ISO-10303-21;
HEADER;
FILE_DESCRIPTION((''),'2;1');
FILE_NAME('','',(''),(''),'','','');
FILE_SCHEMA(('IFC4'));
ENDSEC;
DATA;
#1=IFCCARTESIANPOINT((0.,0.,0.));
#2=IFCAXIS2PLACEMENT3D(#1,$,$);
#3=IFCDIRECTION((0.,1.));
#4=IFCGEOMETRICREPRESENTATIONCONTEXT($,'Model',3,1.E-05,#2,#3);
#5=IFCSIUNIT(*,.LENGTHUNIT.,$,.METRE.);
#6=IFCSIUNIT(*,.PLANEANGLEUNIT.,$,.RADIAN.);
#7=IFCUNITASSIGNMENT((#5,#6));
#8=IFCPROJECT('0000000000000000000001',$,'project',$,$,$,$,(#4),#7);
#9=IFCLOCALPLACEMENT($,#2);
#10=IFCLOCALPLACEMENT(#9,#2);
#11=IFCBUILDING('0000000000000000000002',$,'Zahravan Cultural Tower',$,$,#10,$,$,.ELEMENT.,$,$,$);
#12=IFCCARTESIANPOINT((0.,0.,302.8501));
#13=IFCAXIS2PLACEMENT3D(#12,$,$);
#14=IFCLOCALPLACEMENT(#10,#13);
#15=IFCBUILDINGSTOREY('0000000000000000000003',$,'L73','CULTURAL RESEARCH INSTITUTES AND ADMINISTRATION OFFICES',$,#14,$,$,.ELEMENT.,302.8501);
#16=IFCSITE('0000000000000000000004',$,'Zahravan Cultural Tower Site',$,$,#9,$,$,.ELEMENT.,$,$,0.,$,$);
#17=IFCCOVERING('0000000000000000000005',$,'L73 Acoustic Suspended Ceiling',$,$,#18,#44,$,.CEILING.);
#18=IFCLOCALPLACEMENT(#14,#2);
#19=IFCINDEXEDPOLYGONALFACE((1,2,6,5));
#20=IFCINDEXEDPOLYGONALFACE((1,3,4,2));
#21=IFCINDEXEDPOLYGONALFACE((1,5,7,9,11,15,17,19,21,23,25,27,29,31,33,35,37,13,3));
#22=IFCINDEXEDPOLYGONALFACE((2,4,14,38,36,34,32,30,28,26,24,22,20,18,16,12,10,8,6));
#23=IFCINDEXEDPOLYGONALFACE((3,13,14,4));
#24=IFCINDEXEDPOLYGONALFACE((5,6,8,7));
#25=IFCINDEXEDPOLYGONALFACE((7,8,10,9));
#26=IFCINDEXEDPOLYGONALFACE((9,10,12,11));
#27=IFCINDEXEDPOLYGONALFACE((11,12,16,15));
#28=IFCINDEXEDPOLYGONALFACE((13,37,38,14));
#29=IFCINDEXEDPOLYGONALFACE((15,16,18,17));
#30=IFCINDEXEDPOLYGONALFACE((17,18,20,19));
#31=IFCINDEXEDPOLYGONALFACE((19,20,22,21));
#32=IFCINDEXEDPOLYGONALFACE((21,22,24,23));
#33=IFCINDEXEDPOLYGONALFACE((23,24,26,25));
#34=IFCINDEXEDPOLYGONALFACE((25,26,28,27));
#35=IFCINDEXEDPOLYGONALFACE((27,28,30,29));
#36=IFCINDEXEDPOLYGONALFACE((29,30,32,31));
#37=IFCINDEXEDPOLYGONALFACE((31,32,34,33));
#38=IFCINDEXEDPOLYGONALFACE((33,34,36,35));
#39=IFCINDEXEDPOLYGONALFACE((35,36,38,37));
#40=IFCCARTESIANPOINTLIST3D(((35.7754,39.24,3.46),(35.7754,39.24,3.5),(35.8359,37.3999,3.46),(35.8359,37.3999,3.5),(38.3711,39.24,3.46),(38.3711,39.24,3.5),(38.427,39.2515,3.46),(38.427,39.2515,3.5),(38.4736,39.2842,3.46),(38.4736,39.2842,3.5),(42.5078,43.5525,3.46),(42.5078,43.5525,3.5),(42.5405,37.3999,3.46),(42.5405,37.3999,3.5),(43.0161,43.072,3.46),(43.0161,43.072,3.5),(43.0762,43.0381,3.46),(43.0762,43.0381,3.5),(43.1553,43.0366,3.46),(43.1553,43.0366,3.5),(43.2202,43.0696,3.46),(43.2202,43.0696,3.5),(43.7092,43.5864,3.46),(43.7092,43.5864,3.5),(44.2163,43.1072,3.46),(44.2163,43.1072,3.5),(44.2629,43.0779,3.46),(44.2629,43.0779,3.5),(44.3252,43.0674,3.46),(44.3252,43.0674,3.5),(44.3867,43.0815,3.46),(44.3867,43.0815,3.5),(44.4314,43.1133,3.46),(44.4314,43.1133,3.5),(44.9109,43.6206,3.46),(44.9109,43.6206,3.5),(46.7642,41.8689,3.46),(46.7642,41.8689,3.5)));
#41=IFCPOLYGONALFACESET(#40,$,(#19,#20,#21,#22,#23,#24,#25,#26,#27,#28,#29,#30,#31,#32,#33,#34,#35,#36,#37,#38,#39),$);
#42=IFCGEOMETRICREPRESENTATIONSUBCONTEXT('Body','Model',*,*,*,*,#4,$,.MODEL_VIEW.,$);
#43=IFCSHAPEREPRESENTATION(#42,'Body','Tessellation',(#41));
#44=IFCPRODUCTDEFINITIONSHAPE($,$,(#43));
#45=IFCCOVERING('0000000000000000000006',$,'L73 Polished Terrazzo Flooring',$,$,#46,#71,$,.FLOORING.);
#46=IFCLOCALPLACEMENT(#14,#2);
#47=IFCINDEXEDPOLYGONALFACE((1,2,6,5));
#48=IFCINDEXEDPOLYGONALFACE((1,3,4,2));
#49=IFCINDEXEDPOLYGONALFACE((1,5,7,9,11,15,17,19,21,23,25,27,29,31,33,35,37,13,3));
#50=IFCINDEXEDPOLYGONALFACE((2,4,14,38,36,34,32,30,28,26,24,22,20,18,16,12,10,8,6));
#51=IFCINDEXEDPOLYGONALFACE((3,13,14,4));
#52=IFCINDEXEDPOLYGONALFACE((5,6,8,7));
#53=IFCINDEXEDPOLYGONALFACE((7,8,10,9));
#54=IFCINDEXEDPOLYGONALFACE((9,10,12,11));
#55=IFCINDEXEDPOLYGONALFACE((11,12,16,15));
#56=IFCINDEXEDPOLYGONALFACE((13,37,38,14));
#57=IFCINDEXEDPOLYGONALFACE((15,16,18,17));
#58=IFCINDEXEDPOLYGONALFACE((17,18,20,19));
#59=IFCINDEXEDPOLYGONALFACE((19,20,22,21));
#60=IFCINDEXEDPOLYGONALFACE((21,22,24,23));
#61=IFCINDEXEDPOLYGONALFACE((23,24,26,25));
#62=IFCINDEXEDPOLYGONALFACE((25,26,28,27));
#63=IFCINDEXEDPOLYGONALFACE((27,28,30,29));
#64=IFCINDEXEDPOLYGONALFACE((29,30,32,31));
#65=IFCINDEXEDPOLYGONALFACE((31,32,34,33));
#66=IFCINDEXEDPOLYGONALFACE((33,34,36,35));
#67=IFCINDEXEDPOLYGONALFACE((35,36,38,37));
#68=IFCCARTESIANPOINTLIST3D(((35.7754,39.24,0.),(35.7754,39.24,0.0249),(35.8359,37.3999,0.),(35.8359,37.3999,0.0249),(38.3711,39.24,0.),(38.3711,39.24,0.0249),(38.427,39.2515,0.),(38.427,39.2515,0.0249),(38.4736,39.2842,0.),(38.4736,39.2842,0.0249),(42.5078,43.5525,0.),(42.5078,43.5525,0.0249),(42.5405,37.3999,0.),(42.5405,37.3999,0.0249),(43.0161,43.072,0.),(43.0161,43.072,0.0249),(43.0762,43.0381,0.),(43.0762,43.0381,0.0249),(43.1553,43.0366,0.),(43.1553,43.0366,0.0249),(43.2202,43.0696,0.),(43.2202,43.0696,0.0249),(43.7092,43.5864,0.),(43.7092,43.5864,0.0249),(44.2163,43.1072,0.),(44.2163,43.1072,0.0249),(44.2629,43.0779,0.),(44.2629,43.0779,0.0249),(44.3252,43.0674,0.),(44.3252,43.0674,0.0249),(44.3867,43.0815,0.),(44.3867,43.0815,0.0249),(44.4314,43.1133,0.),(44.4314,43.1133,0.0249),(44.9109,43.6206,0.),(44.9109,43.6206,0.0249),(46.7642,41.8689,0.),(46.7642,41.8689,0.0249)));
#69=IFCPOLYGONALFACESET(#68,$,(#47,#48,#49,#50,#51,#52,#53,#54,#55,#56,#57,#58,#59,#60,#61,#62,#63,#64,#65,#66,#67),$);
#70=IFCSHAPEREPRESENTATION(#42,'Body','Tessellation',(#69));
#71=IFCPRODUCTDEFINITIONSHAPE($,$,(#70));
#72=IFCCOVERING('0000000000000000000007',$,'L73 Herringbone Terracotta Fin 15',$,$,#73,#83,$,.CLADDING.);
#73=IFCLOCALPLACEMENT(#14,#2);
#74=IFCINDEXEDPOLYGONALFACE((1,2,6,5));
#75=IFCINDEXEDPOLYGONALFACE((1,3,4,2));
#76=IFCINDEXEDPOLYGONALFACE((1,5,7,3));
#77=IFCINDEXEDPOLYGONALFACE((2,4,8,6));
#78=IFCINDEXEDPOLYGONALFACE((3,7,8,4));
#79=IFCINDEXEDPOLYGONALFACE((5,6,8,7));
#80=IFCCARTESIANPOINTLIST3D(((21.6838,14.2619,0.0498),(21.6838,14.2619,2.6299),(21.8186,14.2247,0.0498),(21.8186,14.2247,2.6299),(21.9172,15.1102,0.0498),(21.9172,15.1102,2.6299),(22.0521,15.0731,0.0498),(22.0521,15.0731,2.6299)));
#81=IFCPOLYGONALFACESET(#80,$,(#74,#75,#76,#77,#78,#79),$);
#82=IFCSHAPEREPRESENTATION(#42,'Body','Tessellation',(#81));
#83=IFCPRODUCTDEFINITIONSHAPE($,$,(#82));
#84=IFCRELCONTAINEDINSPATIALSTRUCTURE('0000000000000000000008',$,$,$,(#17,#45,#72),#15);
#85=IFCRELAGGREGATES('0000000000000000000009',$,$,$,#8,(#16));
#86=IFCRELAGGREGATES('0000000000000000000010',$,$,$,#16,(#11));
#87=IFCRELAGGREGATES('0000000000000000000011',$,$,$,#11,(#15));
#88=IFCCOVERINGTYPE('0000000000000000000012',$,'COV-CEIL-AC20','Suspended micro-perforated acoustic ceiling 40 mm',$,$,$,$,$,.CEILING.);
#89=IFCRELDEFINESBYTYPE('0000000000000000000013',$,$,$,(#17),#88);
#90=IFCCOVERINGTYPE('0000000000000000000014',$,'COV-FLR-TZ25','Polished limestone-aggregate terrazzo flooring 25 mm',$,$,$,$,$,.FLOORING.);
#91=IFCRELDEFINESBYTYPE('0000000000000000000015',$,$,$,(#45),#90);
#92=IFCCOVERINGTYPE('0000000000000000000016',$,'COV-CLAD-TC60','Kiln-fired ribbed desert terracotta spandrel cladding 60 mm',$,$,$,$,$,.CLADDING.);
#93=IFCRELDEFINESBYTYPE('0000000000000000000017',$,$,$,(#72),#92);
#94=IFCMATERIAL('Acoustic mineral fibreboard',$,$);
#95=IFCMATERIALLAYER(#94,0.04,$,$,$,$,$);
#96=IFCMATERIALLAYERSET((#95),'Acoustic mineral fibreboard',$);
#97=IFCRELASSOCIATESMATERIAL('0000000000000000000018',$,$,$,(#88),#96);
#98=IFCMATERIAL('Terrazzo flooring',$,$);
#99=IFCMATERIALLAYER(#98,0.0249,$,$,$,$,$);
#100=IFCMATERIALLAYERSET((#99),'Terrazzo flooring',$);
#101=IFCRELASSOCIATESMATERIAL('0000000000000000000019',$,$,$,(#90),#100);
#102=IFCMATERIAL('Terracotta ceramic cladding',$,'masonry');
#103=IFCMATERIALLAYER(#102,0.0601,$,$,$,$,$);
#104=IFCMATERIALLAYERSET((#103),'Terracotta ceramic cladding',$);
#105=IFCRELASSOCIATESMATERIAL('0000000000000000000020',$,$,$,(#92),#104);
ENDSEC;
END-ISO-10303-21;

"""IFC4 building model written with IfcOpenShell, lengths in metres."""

from ifc_helpers import new_model, si_unit, direction, frame, origin, origin_2d, place, context, subcontext, project, spatial, polyline, rectangle, outline, extrude, source, transform, mapped, material, layer, layer_set, type_object, element, save


model = new_model("IFC4")

# Units and contexts
model_context = context("Model", 3, precision=1e-05, world=origin(), true_north=direction((0.0, 1.0)))
body_context = subcontext(model_context, "Body", "Model", "MODEL_VIEW")
ifc_project = project(units=[si_unit("LENGTHUNIT", "METRE"), si_unit("PLANEANGLEUNIT", "RADIAN")], contexts=[model_context])

# Site, building, storey
site_placement = place(None, origin())
site = spatial("IfcSite", under=ifc_project, at=site_placement, Name="Zahravan Cultural Tower Site", CompositionType="ELEMENT", RefElevation=0.0)
building_placement = place(site_placement, origin())
building = spatial("IfcBuilding", under=site, at=building_placement, Name="Zahravan Cultural Tower", CompositionType="ELEMENT")
storey_placement = place(building_placement, frame((0.0, 0.0, 302.8501)))
storey = spatial("IfcBuildingStorey", under=building, at=storey_placement, Name="L73", Description="CULTURAL RESEARCH INSTITUTES AND ADMINISTRATION OFFICES", CompositionType="ELEMENT", Elevation=302.8501)

# Coverings
ifc_material_1 = material(Name="Acoustic mineral fibreboard")
ifc_layer_1 = layer(ifc_material_1, 0.04)
ifc_layer_set_1 = layer_set([ifc_layer_1], Name="Acoustic mineral fibreboard")
covering_type_1 = type_object("IfcCoveringType", Name="COV-CEIL-AC20", Description="Suspended micro-perforated acoustic ceiling 40 mm", PredefinedType="CEILING", material=ifc_layer_set_1)
covering_1_placement = place(storey_placement, frame((0.0, 0.0, 3.46)))
element("IfcCovering", 1, at=covering_1_placement, inside=storey, type_object=covering_type_1, Name="L73 Acoustic Suspended Ceiling", PredefinedType="CEILING", context=body_context, shape_type="SweptSolid", body=[
    extrude(outline(polyline([(44.9109, 43.6206), (44.4314, 43.1133), (44.3867, 43.0815), (44.3252, 43.0674), (44.2629, 43.0779), (44.2163, 43.1072), (43.7092, 43.5864), (43.2202, 43.0696), (43.1553, 43.0366), (43.0762, 43.0381), (43.0161, 43.072), (42.5078, 43.5525), (38.4736, 39.2842), (38.427, 39.2515), (38.3711, 39.24), (35.7754, 39.24), (35.8359, 37.3999), (42.5405, 37.3999), (46.7642, 41.8689), (44.9109, 43.6206)])), origin(), (0.0, 0.0, 1.0), 0.04),
])
ifc_material_2 = material(Name="Terrazzo flooring")
ifc_layer_2 = layer(ifc_material_2, 0.0249)
ifc_layer_set_2 = layer_set([ifc_layer_2], Name="Terrazzo flooring")
covering_type_2 = type_object("IfcCoveringType", Name="COV-FLR-TZ25", Description="Polished limestone-aggregate terrazzo flooring 25 mm", PredefinedType="FLOORING", material=ifc_layer_set_2)
covering_2_placement = place(storey_placement, origin())
element("IfcCovering", 2, at=covering_2_placement, inside=storey, type_object=covering_type_2, Name="L73 Polished Terrazzo Flooring", PredefinedType="FLOORING", context=body_context, shape_type="SweptSolid", body=[
    extrude(outline(polyline([(44.9109, 43.6206), (44.4314, 43.1133), (44.3867, 43.0815), (44.3252, 43.0674), (44.2629, 43.0779), (44.2163, 43.1072), (43.7092, 43.5864), (43.2202, 43.0696), (43.1553, 43.0366), (43.0762, 43.0381), (43.0161, 43.072), (42.5078, 43.5525), (38.4736, 39.2842), (38.427, 39.2515), (38.3711, 39.24), (35.7754, 39.24), (35.8359, 37.3999), (42.5405, 37.3999), (46.7642, 41.8689), (44.9109, 43.6206)])), origin(), (0.0, 0.0, 1.0), 0.0249),
])
ifc_material_3 = material(Name="Terracotta ceramic cladding", Category="masonry")
ifc_layer_3 = layer(ifc_material_3, 0.0601)
ifc_layer_set_3 = layer_set([ifc_layer_3], Name="Terracotta ceramic cladding")
covering_type_3 = type_object("IfcCoveringType", Name="COV-CLAD-TC60", Description="Kiln-fired ribbed desert terracotta spandrel cladding 60 mm", PredefinedType="CLADDING", material=ifc_layer_set_3)
shared_shape_1 = source(origin(), body_context, "Body", "SweptSolid", [
    extrude(rectangle(XDim=0.8799, YDim=0.1399, at=origin_2d()), origin(), (0.0, 0.0, 1.0), 2.5801),
])
covering_3_placement = place(storey_placement, frame((21.8679, 14.6675, 0.0498), z_axis=(0.0, 0.0, 1.0), x_axis=(-0.265287, -0.96417, 0.0)))
element("IfcCovering", 3, at=covering_3_placement, inside=storey, type_object=covering_type_3, Name="L73 Herringbone Terracotta Fin 15", PredefinedType="CLADDING", context=body_context, shape_type="MappedRepresentation", body=[
    mapped(shared_shape_1, transform((0.0, 0.0, 0.0), x_axis=(1.0, 0.0, 0.0), y_axis=(0.0, 1.0, 0.0), z_axis=(0.0, 0.0, 1.0), scale=1.0)),
])

save(model, "model.ifc")
